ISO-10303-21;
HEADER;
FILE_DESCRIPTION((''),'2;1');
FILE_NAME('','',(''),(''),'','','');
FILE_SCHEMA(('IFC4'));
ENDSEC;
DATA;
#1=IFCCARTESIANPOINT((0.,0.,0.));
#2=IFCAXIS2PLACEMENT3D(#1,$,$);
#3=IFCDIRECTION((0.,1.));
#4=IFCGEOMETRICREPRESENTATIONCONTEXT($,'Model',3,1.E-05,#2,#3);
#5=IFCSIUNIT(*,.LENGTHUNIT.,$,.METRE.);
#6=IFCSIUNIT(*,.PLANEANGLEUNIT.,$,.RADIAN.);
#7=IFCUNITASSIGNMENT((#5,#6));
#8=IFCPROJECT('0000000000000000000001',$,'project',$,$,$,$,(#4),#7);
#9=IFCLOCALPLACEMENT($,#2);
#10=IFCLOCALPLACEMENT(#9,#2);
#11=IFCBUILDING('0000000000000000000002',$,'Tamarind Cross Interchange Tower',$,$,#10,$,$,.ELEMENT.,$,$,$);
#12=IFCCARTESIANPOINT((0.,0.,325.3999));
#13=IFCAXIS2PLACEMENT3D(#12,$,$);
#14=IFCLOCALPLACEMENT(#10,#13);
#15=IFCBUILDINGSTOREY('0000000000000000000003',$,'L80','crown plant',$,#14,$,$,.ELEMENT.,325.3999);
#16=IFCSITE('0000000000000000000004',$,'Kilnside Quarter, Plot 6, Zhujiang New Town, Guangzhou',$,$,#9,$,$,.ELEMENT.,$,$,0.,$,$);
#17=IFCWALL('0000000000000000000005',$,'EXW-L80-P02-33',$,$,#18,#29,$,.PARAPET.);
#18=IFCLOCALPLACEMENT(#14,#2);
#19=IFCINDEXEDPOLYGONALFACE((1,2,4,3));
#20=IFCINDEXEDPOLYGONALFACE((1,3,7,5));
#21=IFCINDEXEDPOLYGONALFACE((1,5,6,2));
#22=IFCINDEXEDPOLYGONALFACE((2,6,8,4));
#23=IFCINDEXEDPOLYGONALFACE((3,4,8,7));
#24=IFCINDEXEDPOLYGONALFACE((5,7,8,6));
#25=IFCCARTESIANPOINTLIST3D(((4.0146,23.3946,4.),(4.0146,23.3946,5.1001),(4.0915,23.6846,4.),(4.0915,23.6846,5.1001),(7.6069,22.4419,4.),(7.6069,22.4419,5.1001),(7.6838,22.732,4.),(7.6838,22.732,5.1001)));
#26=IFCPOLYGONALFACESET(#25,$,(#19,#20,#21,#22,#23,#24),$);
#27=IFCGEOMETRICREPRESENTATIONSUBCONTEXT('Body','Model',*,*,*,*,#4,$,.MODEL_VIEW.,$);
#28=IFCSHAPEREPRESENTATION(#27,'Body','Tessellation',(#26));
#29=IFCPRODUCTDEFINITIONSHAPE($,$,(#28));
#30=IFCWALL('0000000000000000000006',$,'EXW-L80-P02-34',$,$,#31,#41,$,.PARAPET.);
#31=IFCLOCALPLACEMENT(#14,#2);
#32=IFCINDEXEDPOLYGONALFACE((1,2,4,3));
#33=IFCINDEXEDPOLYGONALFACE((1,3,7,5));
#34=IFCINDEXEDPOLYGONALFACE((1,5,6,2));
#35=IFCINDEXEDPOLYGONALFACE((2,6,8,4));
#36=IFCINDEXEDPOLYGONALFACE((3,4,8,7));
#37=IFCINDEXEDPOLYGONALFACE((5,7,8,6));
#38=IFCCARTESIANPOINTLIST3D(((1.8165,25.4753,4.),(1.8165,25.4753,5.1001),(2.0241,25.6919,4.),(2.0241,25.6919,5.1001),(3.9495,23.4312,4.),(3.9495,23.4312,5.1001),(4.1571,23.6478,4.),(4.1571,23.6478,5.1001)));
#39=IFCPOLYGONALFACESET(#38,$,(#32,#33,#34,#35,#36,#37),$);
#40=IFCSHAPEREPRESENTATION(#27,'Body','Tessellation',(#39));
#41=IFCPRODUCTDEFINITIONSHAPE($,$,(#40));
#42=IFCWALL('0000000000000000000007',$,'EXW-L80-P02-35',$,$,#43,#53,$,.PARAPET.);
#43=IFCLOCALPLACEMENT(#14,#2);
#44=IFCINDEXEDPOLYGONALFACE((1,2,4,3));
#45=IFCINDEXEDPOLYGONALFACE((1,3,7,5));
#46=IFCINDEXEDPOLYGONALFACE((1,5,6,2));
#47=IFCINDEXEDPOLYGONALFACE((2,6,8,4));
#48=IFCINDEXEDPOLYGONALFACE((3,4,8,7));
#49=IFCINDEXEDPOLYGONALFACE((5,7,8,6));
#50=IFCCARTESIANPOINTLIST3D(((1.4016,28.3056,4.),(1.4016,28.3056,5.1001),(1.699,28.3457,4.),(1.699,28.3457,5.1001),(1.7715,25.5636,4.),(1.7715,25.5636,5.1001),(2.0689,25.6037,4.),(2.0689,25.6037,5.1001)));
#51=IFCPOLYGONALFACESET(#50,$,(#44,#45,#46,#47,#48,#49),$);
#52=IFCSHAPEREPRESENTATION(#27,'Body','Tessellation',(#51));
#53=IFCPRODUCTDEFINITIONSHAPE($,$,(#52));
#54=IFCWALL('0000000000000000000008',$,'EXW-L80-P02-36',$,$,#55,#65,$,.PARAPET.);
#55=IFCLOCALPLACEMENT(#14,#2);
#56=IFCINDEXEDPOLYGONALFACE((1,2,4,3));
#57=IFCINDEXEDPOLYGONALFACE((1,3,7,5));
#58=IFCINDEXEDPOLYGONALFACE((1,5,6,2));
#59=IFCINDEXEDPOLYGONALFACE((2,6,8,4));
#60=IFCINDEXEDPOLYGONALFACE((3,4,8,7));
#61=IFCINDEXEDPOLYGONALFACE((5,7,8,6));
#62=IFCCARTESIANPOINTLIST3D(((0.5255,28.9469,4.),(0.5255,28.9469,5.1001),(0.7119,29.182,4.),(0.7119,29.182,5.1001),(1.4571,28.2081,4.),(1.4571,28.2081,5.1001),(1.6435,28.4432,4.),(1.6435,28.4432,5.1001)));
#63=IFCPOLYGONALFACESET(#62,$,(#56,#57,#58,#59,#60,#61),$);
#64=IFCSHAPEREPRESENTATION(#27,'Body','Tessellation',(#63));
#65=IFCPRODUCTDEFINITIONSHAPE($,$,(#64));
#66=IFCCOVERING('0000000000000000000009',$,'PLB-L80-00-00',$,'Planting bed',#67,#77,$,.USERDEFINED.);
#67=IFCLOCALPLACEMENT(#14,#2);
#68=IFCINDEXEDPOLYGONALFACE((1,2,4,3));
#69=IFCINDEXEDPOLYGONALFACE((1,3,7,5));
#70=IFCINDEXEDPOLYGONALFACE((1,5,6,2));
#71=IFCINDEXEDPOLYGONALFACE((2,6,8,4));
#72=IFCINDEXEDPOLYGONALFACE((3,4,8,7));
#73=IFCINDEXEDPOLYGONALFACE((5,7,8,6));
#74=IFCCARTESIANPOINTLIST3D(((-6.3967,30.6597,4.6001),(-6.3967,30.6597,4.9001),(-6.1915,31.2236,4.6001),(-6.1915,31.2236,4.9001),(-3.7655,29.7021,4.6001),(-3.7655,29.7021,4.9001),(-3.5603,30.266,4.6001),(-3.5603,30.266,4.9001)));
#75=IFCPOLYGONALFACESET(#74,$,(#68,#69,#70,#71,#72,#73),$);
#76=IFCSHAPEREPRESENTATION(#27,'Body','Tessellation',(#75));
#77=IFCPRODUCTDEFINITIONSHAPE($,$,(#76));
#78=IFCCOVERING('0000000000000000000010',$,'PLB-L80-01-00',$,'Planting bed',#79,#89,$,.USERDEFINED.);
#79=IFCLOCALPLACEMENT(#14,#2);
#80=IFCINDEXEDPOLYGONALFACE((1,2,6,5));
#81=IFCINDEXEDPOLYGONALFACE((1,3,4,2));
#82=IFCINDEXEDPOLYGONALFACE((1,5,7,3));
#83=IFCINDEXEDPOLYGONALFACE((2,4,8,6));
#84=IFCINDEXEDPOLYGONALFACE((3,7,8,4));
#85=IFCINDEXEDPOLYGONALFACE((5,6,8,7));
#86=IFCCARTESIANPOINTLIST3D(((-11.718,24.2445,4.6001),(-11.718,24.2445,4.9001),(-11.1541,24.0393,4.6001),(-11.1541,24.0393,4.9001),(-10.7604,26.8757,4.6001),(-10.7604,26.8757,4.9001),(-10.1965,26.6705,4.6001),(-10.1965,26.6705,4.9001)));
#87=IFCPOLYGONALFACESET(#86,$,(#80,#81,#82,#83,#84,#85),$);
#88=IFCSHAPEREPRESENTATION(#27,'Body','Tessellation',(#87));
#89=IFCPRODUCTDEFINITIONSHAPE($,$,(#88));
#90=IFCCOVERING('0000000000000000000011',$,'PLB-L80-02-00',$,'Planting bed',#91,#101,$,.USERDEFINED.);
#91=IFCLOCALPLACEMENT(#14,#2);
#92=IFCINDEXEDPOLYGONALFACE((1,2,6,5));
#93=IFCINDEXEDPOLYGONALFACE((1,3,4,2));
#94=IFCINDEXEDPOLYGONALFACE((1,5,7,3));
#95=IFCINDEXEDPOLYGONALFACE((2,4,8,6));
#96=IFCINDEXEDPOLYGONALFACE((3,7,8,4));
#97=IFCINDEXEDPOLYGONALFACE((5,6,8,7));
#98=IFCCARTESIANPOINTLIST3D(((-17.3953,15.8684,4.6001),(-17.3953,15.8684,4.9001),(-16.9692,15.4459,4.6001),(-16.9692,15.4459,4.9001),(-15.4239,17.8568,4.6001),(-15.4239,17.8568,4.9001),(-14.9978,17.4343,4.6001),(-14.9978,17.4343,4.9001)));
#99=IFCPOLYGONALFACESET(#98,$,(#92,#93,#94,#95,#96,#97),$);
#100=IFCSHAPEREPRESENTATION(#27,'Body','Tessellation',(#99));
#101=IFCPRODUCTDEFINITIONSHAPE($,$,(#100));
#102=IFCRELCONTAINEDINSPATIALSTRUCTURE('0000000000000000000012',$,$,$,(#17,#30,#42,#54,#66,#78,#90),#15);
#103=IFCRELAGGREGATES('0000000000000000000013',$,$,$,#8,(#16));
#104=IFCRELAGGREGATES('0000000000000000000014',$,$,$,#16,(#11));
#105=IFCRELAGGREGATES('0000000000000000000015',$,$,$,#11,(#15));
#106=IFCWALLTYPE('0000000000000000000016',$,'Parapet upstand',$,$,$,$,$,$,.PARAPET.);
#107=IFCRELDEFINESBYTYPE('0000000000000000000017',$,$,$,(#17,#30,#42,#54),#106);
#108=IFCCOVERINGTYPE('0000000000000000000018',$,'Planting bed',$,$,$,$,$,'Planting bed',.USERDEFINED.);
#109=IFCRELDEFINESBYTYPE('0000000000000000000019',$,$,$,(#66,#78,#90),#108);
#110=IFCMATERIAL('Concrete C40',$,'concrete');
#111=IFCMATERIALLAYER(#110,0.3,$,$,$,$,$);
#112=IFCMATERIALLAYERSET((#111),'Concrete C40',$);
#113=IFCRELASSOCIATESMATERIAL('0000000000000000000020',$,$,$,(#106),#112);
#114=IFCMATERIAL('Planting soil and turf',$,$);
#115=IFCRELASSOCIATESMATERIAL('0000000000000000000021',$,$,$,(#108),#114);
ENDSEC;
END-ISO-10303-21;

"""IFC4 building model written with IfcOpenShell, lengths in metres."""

from ifc_helpers import new_model, si_unit, direction, frame, frame_2d, origin, origin_2d, place, context, subcontext, project, spatial, rectangle, extrude, material, layer, layer_set, type_object, element, save


model = new_model("IFC4")

# Units and contexts
model_context = context("Model", 3, precision=1e-05, world=origin(), true_north=direction((0.0, 1.0)))
body_context = subcontext(model_context, "Body", "Model", "MODEL_VIEW")
ifc_project = project(units=[si_unit("LENGTHUNIT", "METRE"), si_unit("PLANEANGLEUNIT", "RADIAN")], contexts=[model_context])

# Site, building, storey
site_placement = place(None, origin())
site = spatial("IfcSite", under=ifc_project, at=site_placement, Name="Kilnside Quarter, Plot 6, Zhujiang New Town, Guangzhou", CompositionType="ELEMENT", RefElevation=0.0)
building_placement = place(site_placement, origin())
building = spatial("IfcBuilding", under=site, at=building_placement, Name="Tamarind Cross Interchange Tower", CompositionType="ELEMENT")
storey_placement = place(building_placement, frame((0.0, 0.0, 325.3999)))
storey = spatial("IfcBuildingStorey", under=building, at=storey_placement, Name="L80", Description="crown plant", CompositionType="ELEMENT", Elevation=325.3999)

# Walls
ifc_material_1 = material(Name="Concrete C40", Category="concrete")
ifc_layer = layer(ifc_material_1, 0.3)
ifc_layer_set = layer_set([ifc_layer], Name="Concrete C40")
wall_type = type_object("IfcWallType", Name="Parapet upstand", PredefinedType="PARAPET", material=ifc_layer_set)
wall_1_placement = place(storey_placement, frame((7.6455, 22.5869, 4.0), z_axis=(0.0, 0.0, 1.0), x_axis=(-0.966589, 0.256329, 0.0)))
element("IfcWall", 1, at=wall_1_placement, inside=storey, type_object=wall_type, Name="EXW-L80-P02-33", PredefinedType="PARAPET", context=body_context, shape_type="SweptSolid", body=[
    extrude(rectangle(XDim=3.7166, YDim=0.3, at=frame_2d((1.8584, 0.0))), origin(), (0.0, 0.0, 1.0), 1.1001),
])
wall_2_placement = place(storey_placement, frame((4.0532, 23.5396, 4.0), z_axis=(0.0, 0.0, 1.0), x_axis=(-0.721986, 0.691907, 0.0)))
element("IfcWall", 2, at=wall_2_placement, inside=storey, type_object=wall_type, Name="EXW-L80-P02-34", PredefinedType="PARAPET", context=body_context, shape_type="SweptSolid", body=[
    extrude(rectangle(XDim=2.9543, YDim=0.3, at=frame_2d((1.4771, 0.0))), origin(), (0.0, 0.0, 1.0), 1.1001),
])
wall_3_placement = place(storey_placement, frame((1.9202, 25.5837, 4.0), z_axis=(0.0, 0.0, 1.0), x_axis=(-0.133684, 0.991024, 0.0)))
element("IfcWall", 3, at=wall_3_placement, inside=storey, type_object=wall_type, Name="EXW-L80-P02-35", PredefinedType="PARAPET", context=body_context, shape_type="SweptSolid", body=[
    extrude(rectangle(XDim=2.7668, YDim=0.3, at=frame_2d((1.3833, 0.0))), origin(), (0.0, 0.0, 1.0), 1.1001),
])
wall_4_placement = place(storey_placement, frame((1.5503, 28.3257, 4.0), z_axis=(0.0, 0.0, 1.0), x_axis=(-0.783546, 0.621334, 0.0)))
element("IfcWall", 4, at=wall_4_placement, inside=storey, type_object=wall_type, Name="EXW-L80-P02-36", PredefinedType="PARAPET", context=body_context, shape_type="SweptSolid", body=[
    extrude(rectangle(XDim=1.189, YDim=0.3, at=frame_2d((0.5945, 0.0))), origin(), (0.0, 0.0, 1.0), 1.1001),
])

# Coverings
ifc_material_2 = material(Name="Planting soil and turf")
covering_type = type_object("IfcCoveringType", Name="Planting bed", ElementType="Planting bed", PredefinedType="USERDEFINED", material=ifc_material_2)
for number, where, z_axis, x_axis, name in (
    (5, (-4.9785, 30.4629, 4.6001), (0.0, 0.0, 1.0), (-0.939702, 0.341994, 0.0), "PLB-L80-00-00"),
    (6, (-10.9573, 25.4575, 4.6001), (0.0, 0.0, 1.0), (-0.341994, -0.939702, 0.0), "PLB-L80-01-00"),
    (7, (-16.1965, 16.6514, 4.6001), (0.0, 0.0, 1.0), (-0.704057, -0.710143, 0.0), "PLB-L80-02-00"),
):
    element("IfcCovering", number, at=place(storey_placement, frame(where, z_axis=z_axis, x_axis=x_axis)), inside=storey, type_object=covering_type, Name=name, ObjectType="Planting bed", PredefinedType="USERDEFINED", context=body_context, shape_type="SweptSolid", body=[
        extrude(rectangle(XDim=2.8, YDim=0.6001, at=origin_2d()), origin(), (0.0, 0.0, 1.0), 0.3),
    ])

save(model, "model.ifc")
